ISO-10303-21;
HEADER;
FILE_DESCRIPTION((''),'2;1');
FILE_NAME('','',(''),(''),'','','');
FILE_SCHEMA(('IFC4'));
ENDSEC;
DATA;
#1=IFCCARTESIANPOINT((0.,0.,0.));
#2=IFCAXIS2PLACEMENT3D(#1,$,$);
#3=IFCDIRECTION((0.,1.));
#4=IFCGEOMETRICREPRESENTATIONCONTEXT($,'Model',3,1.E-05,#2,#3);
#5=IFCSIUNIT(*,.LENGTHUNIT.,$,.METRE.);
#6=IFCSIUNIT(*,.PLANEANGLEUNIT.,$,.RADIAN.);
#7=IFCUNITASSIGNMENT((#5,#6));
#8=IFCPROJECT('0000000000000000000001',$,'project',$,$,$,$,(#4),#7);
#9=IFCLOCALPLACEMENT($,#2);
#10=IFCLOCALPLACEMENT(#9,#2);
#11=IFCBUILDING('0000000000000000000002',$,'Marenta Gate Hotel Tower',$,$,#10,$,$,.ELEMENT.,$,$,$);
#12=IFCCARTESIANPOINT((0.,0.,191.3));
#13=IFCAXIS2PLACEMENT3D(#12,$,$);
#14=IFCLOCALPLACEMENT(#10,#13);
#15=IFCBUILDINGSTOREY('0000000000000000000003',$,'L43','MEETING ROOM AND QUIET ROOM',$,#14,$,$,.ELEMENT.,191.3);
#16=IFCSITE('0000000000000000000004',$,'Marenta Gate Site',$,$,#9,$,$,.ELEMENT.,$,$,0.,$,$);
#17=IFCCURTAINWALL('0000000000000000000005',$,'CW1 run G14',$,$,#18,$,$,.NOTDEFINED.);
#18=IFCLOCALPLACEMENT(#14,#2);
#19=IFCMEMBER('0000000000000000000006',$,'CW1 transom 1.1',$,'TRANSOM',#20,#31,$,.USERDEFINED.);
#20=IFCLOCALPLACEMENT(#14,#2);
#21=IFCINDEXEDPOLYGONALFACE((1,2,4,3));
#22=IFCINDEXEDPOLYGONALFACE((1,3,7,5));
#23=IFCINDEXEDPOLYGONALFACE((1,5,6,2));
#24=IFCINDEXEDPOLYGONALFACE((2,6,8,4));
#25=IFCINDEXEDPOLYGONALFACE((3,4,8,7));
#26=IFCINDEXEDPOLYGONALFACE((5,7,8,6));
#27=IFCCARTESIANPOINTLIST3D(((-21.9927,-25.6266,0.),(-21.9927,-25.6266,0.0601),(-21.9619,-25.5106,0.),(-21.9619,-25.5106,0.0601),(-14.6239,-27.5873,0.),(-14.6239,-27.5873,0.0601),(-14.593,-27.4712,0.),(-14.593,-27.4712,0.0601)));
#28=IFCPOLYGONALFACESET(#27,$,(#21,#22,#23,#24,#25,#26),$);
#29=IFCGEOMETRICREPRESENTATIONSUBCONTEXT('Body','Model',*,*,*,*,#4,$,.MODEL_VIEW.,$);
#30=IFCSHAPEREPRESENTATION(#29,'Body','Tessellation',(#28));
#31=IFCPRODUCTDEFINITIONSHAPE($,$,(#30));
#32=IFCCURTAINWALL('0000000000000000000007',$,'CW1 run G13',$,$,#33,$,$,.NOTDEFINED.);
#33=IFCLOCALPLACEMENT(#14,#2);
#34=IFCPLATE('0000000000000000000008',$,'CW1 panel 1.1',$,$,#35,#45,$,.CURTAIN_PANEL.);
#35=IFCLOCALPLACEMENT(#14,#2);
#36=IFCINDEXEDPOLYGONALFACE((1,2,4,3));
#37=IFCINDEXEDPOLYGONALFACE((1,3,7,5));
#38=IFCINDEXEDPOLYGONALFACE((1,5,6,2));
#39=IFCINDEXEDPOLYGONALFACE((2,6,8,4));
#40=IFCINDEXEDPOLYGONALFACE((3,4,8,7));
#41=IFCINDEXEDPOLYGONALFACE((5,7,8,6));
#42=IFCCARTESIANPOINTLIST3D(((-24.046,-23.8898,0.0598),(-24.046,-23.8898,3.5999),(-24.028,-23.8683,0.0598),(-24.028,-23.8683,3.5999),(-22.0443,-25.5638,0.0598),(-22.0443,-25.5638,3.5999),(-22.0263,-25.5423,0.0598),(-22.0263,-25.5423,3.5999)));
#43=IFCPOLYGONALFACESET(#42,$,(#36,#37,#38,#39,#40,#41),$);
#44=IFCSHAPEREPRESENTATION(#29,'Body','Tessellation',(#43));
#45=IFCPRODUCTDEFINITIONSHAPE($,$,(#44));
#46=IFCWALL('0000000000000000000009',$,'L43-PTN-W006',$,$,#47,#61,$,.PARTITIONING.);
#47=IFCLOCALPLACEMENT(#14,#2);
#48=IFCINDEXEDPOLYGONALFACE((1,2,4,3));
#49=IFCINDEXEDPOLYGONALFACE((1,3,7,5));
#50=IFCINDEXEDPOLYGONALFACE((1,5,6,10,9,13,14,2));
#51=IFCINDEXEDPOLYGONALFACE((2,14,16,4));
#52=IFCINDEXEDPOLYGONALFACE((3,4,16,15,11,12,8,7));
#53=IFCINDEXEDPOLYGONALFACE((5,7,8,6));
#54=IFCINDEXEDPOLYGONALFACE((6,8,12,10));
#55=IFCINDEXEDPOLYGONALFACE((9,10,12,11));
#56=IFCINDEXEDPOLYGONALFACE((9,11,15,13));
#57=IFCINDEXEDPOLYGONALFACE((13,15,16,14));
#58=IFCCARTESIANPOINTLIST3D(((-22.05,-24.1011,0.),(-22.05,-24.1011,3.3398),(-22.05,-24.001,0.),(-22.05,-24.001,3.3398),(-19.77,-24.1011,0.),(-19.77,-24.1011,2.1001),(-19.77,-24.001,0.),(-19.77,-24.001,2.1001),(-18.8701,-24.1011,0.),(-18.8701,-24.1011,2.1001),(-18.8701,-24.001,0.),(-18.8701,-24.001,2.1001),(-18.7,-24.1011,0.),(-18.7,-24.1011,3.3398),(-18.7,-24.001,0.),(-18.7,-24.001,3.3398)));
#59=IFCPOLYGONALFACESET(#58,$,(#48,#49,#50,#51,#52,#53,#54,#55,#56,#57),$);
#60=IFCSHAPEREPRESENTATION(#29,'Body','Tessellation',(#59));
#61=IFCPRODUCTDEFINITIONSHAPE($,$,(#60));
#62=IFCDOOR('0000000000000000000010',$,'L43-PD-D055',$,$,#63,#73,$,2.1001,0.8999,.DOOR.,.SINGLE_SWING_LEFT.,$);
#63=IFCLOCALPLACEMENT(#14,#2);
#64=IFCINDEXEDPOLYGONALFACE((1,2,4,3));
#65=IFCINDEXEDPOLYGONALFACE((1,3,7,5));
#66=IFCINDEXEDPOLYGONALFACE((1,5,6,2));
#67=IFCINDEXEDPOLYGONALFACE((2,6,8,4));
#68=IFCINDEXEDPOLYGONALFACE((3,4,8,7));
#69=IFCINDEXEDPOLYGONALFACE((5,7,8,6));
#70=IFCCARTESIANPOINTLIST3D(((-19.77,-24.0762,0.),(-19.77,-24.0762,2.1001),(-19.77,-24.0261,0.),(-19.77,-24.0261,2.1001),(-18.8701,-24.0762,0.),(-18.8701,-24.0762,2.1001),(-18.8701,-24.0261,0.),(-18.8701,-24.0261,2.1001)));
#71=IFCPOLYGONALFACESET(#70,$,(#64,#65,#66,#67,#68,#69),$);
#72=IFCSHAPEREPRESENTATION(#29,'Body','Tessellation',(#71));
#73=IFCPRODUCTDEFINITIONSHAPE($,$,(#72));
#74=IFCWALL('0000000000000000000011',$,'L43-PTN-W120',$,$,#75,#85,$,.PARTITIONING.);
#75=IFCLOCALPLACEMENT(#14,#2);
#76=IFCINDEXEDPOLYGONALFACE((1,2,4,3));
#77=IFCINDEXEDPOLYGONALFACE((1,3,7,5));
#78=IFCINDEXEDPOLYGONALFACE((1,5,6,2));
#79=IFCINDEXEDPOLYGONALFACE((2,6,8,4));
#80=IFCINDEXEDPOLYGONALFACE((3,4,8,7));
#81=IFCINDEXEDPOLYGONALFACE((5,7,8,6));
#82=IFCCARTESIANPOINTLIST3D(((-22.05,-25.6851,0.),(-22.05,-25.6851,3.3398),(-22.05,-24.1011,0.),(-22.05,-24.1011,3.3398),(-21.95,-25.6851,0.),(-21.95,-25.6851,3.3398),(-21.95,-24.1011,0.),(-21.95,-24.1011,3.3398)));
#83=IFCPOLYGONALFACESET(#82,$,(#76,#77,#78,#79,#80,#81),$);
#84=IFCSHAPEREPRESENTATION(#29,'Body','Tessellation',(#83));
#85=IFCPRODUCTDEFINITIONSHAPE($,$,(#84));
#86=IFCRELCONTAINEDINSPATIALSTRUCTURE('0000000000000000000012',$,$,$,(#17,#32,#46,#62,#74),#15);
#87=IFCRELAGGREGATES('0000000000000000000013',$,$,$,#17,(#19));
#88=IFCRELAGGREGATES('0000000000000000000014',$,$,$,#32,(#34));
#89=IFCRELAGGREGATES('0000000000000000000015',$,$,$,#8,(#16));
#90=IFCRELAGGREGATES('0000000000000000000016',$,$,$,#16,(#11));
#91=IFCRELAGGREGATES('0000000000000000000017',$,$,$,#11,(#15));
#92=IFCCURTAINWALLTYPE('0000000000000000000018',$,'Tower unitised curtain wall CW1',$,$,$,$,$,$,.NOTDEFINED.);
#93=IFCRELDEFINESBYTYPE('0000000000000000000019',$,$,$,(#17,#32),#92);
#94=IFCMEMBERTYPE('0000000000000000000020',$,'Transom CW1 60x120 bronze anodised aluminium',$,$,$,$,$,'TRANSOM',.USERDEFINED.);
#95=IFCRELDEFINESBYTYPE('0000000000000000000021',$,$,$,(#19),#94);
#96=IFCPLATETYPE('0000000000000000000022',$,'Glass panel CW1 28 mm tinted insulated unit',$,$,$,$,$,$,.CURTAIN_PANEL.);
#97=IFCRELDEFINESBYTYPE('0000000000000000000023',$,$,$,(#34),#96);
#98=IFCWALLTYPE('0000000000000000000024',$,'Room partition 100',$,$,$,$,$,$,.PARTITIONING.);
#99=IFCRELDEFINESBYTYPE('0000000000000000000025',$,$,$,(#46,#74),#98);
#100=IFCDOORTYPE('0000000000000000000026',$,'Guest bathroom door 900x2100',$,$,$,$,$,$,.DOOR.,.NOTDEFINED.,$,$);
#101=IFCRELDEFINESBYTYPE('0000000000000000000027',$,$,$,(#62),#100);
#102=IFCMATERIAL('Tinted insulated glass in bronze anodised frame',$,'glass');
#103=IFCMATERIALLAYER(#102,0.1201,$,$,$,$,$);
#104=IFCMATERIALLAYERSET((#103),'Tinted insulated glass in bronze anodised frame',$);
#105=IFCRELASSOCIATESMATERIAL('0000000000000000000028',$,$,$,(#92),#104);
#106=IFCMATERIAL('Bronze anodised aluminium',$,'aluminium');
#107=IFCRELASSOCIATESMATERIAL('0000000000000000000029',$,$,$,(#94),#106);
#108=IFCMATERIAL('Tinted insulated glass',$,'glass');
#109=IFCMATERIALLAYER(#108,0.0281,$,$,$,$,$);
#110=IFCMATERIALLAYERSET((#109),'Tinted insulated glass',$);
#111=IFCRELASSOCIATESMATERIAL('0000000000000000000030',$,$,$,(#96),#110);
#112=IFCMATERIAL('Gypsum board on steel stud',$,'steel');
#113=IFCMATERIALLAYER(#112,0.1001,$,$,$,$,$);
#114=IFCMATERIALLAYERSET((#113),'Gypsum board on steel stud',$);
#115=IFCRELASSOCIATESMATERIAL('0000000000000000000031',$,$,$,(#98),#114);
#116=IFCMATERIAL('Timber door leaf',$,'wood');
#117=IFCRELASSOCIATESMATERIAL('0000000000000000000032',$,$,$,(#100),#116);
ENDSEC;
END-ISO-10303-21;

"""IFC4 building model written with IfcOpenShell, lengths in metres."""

from ifc_helpers import new_model, si_unit, direction, frame, frame_2d, origin, origin_2d, place, context, subcontext, project, spatial, rectangle, extrude, material, layer, layer_set, material_profile, profile_set, type_object, element, fill, aggregate, save


model = new_model("IFC4")

# Units and contexts
model_context = context("Model", 3, precision=1e-05, world=origin(), true_north=direction((0.0, 1.0)))
body_context = subcontext(model_context, "Body", "Model", "MODEL_VIEW")
ifc_project = project(units=[si_unit("LENGTHUNIT", "METRE"), si_unit("PLANEANGLEUNIT", "RADIAN")], contexts=[model_context])

# Site, building, storey
site_placement = place(None, origin())
site = spatial("IfcSite", under=ifc_project, at=site_placement, Name="Marenta Gate Site", CompositionType="ELEMENT", RefElevation=0.0)
building_placement = place(site_placement, origin())
building = spatial("IfcBuilding", under=site, at=building_placement, Name="Marenta Gate Hotel Tower", CompositionType="ELEMENT")
storey_placement = place(building_placement, frame((0.0, 0.0, 191.3)))
storey = spatial("IfcBuildingStorey", under=building, at=storey_placement, Name="L43", Description="MEETING ROOM AND QUIET ROOM", CompositionType="ELEMENT", Elevation=191.3)

# Curtain wall, member
ifc_material_1 = material(Name="Tinted insulated glass in bronze anodised frame", Category="glass")
ifc_layer_1 = layer(ifc_material_1, 0.1201)
ifc_layer_set_1 = layer_set([ifc_layer_1], Name="Tinted insulated glass in bronze anodised frame")
curtain_wall_type = type_object("IfcCurtainWallType", Name="Tower unitised curtain wall CW1", PredefinedType="NOTDEFINED", material=ifc_layer_set_1)
curtain_wall_1_placement = place(storey_placement, origin())
curtain_wall_1 = element("IfcCurtainWall", 1, at=curtain_wall_1_placement, inside=storey, type_object=curtain_wall_type, Name="CW1 run G14", PredefinedType="NOTDEFINED")
ifc_material_2 = material(Name="Bronze anodised aluminium", Category="aluminium")
ifc_material_profile_1 = material_profile(ifc_material_2, rectangle(XDim=0.1201, YDim=0.0601, at=origin_2d()), Name="Transom CW1 60x120 bronze anodised aluminium")
ifc_profile_set_1 = profile_set([ifc_material_profile_1], Name="Bronze anodised aluminium")
member_type_1 = type_object("IfcMemberType", Name="Transom CW1 60x120 bronze anodised aluminium", ElementType="TRANSOM", PredefinedType="USERDEFINED", material=ifc_profile_set_1)
member_1_placement = place(storey_placement, frame((-21.9773, -25.5686, 0.03), z_axis=(0.966377, -0.257131, 0.0), x_axis=(0.257131, 0.966377, 0.0)))
member_1 = element("IfcMember", 2, at=member_1_placement, type_object=member_type_1, Name="CW1 transom 1.1", ObjectType="TRANSOM", PredefinedType="USERDEFINED", context=body_context, shape_type="SweptSolid", body=[
    extrude(rectangle(XDim=0.1201, YDim=0.0601, at=origin_2d()), origin(), (0.0, 0.0, 1.0), 7.6252),
])
aggregate(curtain_wall_1, [member_1])

# Curtain wall, plate
curtain_wall_2_placement = place(storey_placement, origin())
curtain_wall_2 = element("IfcCurtainWall", 3, at=curtain_wall_2_placement, inside=storey, type_object=curtain_wall_type, Name="CW1 run G13", PredefinedType="NOTDEFINED")
ifc_material_3 = material(Name="Tinted insulated glass", Category="glass")
ifc_layer_2 = layer(ifc_material_3, 0.0281)
ifc_layer_set_2 = layer_set([ifc_layer_2], Name="Tinted insulated glass")
plate_type = type_object("IfcPlateType", Name="Glass panel CW1 28 mm tinted insulated unit", PredefinedType="CURTAIN_PANEL", material=ifc_layer_set_2)
plate_placement = place(storey_placement, frame((-23.0361, -24.7161, 0.0598), z_axis=(0.0, 0.0, 1.0), x_axis=(0.767102, -0.641525, 0.0)))
plate = element("IfcPlate", 4, at=plate_placement, type_object=plate_type, Name="CW1 panel 1.1", PredefinedType="CURTAIN_PANEL", context=body_context, shape_type="SweptSolid", body=[
    extrude(rectangle(XDim=2.6094, YDim=0.0281, at=origin_2d()), origin(), (0.0, 0.0, 1.0), 3.54),
])
aggregate(curtain_wall_2, [plate])

# Wall, opening, door
ifc_material_4 = material(Name="Gypsum board on steel stud", Category="steel")
ifc_layer_3 = layer(ifc_material_4, 0.1001)
ifc_layer_set_3 = layer_set([ifc_layer_3], Name="Gypsum board on steel stud")
wall_type = type_object("IfcWallType", Name="Room partition 100", PredefinedType="PARTITIONING", material=ifc_layer_set_3)
wall_1_placement = place(storey_placement, frame((-22.05, -24.051, 0.0), z_axis=(0.0, 0.0, 1.0), x_axis=(1.0, 0.0, 0.0)))
wall_1 = element("IfcWall", 5, at=wall_1_placement, inside=storey, type_object=wall_type, Name="L43-PTN-W006", PredefinedType="PARTITIONING", context=body_context, shape_type="SweptSolid", body=[
    extrude(rectangle(XDim=3.3501, YDim=0.1001, at=frame_2d((1.675, 0.0))), origin(), (0.0, 0.0, 1.0), 3.3398),
])
opening_placement = place(wall_1_placement, frame((2.28, 0.0, 0.0)))
opening = element("IfcOpeningElement", 6, at=opening_placement, cuts=wall_1, PredefinedType="OPENING", context=body_context, shape_type="SweptSolid", body=[
    extrude(rectangle(XDim=0.8999, YDim=2.1001, at=frame_2d((0.45, 1.05))), frame((0.0, 0.05, 0.0), z_axis=(0.0, -1.0, 0.0), x_axis=(1.0, 0.0, 0.0)), (0.0, 0.0, 1.0), 0.1001),
])
ifc_material_5 = material(Name="Timber door leaf", Category="wood")
door_type = type_object("IfcDoorType", Name="Guest bathroom door 900x2100", OperationType="NOTDEFINED", PredefinedType="DOOR", material=ifc_material_5)
door_placement = place(opening_placement, origin())
door = element("IfcDoor", 7, at=door_placement, inside=storey, type_object=door_type, Name="L43-PD-D055", OperationType="SINGLE_SWING_LEFT", OverallHeight=2.1001, OverallWidth=0.8999, PredefinedType="DOOR", context=body_context, shape_type="SweptSolid", body=[
    extrude(rectangle(XDim=0.8999, YDim=2.1001, at=frame_2d((0.45, 1.05))), frame((0.0, 0.0249, 0.0), z_axis=(0.0, -1.0, 0.0), x_axis=(1.0, 0.0, 0.0)), (0.0, 0.0, 1.0), 0.05),
])
fill(opening, door)

# Wall
wall_2_placement = place(storey_placement, frame((-22.0, -25.6851, 0.0), z_axis=(0.0, 0.0, 1.0), x_axis=(0.0, 1.0, 0.0)))
element("IfcWall", 8, at=wall_2_placement, inside=storey, type_object=wall_type, Name="L43-PTN-W120", PredefinedType="PARTITIONING", context=body_context, shape_type="SweptSolid", body=[
    extrude(rectangle(XDim=1.584, YDim=0.1001, at=frame_2d((0.792, 0.0))), origin(), (0.0, 0.0, 1.0), 3.3398),
])

save(model, "model.ifc")
